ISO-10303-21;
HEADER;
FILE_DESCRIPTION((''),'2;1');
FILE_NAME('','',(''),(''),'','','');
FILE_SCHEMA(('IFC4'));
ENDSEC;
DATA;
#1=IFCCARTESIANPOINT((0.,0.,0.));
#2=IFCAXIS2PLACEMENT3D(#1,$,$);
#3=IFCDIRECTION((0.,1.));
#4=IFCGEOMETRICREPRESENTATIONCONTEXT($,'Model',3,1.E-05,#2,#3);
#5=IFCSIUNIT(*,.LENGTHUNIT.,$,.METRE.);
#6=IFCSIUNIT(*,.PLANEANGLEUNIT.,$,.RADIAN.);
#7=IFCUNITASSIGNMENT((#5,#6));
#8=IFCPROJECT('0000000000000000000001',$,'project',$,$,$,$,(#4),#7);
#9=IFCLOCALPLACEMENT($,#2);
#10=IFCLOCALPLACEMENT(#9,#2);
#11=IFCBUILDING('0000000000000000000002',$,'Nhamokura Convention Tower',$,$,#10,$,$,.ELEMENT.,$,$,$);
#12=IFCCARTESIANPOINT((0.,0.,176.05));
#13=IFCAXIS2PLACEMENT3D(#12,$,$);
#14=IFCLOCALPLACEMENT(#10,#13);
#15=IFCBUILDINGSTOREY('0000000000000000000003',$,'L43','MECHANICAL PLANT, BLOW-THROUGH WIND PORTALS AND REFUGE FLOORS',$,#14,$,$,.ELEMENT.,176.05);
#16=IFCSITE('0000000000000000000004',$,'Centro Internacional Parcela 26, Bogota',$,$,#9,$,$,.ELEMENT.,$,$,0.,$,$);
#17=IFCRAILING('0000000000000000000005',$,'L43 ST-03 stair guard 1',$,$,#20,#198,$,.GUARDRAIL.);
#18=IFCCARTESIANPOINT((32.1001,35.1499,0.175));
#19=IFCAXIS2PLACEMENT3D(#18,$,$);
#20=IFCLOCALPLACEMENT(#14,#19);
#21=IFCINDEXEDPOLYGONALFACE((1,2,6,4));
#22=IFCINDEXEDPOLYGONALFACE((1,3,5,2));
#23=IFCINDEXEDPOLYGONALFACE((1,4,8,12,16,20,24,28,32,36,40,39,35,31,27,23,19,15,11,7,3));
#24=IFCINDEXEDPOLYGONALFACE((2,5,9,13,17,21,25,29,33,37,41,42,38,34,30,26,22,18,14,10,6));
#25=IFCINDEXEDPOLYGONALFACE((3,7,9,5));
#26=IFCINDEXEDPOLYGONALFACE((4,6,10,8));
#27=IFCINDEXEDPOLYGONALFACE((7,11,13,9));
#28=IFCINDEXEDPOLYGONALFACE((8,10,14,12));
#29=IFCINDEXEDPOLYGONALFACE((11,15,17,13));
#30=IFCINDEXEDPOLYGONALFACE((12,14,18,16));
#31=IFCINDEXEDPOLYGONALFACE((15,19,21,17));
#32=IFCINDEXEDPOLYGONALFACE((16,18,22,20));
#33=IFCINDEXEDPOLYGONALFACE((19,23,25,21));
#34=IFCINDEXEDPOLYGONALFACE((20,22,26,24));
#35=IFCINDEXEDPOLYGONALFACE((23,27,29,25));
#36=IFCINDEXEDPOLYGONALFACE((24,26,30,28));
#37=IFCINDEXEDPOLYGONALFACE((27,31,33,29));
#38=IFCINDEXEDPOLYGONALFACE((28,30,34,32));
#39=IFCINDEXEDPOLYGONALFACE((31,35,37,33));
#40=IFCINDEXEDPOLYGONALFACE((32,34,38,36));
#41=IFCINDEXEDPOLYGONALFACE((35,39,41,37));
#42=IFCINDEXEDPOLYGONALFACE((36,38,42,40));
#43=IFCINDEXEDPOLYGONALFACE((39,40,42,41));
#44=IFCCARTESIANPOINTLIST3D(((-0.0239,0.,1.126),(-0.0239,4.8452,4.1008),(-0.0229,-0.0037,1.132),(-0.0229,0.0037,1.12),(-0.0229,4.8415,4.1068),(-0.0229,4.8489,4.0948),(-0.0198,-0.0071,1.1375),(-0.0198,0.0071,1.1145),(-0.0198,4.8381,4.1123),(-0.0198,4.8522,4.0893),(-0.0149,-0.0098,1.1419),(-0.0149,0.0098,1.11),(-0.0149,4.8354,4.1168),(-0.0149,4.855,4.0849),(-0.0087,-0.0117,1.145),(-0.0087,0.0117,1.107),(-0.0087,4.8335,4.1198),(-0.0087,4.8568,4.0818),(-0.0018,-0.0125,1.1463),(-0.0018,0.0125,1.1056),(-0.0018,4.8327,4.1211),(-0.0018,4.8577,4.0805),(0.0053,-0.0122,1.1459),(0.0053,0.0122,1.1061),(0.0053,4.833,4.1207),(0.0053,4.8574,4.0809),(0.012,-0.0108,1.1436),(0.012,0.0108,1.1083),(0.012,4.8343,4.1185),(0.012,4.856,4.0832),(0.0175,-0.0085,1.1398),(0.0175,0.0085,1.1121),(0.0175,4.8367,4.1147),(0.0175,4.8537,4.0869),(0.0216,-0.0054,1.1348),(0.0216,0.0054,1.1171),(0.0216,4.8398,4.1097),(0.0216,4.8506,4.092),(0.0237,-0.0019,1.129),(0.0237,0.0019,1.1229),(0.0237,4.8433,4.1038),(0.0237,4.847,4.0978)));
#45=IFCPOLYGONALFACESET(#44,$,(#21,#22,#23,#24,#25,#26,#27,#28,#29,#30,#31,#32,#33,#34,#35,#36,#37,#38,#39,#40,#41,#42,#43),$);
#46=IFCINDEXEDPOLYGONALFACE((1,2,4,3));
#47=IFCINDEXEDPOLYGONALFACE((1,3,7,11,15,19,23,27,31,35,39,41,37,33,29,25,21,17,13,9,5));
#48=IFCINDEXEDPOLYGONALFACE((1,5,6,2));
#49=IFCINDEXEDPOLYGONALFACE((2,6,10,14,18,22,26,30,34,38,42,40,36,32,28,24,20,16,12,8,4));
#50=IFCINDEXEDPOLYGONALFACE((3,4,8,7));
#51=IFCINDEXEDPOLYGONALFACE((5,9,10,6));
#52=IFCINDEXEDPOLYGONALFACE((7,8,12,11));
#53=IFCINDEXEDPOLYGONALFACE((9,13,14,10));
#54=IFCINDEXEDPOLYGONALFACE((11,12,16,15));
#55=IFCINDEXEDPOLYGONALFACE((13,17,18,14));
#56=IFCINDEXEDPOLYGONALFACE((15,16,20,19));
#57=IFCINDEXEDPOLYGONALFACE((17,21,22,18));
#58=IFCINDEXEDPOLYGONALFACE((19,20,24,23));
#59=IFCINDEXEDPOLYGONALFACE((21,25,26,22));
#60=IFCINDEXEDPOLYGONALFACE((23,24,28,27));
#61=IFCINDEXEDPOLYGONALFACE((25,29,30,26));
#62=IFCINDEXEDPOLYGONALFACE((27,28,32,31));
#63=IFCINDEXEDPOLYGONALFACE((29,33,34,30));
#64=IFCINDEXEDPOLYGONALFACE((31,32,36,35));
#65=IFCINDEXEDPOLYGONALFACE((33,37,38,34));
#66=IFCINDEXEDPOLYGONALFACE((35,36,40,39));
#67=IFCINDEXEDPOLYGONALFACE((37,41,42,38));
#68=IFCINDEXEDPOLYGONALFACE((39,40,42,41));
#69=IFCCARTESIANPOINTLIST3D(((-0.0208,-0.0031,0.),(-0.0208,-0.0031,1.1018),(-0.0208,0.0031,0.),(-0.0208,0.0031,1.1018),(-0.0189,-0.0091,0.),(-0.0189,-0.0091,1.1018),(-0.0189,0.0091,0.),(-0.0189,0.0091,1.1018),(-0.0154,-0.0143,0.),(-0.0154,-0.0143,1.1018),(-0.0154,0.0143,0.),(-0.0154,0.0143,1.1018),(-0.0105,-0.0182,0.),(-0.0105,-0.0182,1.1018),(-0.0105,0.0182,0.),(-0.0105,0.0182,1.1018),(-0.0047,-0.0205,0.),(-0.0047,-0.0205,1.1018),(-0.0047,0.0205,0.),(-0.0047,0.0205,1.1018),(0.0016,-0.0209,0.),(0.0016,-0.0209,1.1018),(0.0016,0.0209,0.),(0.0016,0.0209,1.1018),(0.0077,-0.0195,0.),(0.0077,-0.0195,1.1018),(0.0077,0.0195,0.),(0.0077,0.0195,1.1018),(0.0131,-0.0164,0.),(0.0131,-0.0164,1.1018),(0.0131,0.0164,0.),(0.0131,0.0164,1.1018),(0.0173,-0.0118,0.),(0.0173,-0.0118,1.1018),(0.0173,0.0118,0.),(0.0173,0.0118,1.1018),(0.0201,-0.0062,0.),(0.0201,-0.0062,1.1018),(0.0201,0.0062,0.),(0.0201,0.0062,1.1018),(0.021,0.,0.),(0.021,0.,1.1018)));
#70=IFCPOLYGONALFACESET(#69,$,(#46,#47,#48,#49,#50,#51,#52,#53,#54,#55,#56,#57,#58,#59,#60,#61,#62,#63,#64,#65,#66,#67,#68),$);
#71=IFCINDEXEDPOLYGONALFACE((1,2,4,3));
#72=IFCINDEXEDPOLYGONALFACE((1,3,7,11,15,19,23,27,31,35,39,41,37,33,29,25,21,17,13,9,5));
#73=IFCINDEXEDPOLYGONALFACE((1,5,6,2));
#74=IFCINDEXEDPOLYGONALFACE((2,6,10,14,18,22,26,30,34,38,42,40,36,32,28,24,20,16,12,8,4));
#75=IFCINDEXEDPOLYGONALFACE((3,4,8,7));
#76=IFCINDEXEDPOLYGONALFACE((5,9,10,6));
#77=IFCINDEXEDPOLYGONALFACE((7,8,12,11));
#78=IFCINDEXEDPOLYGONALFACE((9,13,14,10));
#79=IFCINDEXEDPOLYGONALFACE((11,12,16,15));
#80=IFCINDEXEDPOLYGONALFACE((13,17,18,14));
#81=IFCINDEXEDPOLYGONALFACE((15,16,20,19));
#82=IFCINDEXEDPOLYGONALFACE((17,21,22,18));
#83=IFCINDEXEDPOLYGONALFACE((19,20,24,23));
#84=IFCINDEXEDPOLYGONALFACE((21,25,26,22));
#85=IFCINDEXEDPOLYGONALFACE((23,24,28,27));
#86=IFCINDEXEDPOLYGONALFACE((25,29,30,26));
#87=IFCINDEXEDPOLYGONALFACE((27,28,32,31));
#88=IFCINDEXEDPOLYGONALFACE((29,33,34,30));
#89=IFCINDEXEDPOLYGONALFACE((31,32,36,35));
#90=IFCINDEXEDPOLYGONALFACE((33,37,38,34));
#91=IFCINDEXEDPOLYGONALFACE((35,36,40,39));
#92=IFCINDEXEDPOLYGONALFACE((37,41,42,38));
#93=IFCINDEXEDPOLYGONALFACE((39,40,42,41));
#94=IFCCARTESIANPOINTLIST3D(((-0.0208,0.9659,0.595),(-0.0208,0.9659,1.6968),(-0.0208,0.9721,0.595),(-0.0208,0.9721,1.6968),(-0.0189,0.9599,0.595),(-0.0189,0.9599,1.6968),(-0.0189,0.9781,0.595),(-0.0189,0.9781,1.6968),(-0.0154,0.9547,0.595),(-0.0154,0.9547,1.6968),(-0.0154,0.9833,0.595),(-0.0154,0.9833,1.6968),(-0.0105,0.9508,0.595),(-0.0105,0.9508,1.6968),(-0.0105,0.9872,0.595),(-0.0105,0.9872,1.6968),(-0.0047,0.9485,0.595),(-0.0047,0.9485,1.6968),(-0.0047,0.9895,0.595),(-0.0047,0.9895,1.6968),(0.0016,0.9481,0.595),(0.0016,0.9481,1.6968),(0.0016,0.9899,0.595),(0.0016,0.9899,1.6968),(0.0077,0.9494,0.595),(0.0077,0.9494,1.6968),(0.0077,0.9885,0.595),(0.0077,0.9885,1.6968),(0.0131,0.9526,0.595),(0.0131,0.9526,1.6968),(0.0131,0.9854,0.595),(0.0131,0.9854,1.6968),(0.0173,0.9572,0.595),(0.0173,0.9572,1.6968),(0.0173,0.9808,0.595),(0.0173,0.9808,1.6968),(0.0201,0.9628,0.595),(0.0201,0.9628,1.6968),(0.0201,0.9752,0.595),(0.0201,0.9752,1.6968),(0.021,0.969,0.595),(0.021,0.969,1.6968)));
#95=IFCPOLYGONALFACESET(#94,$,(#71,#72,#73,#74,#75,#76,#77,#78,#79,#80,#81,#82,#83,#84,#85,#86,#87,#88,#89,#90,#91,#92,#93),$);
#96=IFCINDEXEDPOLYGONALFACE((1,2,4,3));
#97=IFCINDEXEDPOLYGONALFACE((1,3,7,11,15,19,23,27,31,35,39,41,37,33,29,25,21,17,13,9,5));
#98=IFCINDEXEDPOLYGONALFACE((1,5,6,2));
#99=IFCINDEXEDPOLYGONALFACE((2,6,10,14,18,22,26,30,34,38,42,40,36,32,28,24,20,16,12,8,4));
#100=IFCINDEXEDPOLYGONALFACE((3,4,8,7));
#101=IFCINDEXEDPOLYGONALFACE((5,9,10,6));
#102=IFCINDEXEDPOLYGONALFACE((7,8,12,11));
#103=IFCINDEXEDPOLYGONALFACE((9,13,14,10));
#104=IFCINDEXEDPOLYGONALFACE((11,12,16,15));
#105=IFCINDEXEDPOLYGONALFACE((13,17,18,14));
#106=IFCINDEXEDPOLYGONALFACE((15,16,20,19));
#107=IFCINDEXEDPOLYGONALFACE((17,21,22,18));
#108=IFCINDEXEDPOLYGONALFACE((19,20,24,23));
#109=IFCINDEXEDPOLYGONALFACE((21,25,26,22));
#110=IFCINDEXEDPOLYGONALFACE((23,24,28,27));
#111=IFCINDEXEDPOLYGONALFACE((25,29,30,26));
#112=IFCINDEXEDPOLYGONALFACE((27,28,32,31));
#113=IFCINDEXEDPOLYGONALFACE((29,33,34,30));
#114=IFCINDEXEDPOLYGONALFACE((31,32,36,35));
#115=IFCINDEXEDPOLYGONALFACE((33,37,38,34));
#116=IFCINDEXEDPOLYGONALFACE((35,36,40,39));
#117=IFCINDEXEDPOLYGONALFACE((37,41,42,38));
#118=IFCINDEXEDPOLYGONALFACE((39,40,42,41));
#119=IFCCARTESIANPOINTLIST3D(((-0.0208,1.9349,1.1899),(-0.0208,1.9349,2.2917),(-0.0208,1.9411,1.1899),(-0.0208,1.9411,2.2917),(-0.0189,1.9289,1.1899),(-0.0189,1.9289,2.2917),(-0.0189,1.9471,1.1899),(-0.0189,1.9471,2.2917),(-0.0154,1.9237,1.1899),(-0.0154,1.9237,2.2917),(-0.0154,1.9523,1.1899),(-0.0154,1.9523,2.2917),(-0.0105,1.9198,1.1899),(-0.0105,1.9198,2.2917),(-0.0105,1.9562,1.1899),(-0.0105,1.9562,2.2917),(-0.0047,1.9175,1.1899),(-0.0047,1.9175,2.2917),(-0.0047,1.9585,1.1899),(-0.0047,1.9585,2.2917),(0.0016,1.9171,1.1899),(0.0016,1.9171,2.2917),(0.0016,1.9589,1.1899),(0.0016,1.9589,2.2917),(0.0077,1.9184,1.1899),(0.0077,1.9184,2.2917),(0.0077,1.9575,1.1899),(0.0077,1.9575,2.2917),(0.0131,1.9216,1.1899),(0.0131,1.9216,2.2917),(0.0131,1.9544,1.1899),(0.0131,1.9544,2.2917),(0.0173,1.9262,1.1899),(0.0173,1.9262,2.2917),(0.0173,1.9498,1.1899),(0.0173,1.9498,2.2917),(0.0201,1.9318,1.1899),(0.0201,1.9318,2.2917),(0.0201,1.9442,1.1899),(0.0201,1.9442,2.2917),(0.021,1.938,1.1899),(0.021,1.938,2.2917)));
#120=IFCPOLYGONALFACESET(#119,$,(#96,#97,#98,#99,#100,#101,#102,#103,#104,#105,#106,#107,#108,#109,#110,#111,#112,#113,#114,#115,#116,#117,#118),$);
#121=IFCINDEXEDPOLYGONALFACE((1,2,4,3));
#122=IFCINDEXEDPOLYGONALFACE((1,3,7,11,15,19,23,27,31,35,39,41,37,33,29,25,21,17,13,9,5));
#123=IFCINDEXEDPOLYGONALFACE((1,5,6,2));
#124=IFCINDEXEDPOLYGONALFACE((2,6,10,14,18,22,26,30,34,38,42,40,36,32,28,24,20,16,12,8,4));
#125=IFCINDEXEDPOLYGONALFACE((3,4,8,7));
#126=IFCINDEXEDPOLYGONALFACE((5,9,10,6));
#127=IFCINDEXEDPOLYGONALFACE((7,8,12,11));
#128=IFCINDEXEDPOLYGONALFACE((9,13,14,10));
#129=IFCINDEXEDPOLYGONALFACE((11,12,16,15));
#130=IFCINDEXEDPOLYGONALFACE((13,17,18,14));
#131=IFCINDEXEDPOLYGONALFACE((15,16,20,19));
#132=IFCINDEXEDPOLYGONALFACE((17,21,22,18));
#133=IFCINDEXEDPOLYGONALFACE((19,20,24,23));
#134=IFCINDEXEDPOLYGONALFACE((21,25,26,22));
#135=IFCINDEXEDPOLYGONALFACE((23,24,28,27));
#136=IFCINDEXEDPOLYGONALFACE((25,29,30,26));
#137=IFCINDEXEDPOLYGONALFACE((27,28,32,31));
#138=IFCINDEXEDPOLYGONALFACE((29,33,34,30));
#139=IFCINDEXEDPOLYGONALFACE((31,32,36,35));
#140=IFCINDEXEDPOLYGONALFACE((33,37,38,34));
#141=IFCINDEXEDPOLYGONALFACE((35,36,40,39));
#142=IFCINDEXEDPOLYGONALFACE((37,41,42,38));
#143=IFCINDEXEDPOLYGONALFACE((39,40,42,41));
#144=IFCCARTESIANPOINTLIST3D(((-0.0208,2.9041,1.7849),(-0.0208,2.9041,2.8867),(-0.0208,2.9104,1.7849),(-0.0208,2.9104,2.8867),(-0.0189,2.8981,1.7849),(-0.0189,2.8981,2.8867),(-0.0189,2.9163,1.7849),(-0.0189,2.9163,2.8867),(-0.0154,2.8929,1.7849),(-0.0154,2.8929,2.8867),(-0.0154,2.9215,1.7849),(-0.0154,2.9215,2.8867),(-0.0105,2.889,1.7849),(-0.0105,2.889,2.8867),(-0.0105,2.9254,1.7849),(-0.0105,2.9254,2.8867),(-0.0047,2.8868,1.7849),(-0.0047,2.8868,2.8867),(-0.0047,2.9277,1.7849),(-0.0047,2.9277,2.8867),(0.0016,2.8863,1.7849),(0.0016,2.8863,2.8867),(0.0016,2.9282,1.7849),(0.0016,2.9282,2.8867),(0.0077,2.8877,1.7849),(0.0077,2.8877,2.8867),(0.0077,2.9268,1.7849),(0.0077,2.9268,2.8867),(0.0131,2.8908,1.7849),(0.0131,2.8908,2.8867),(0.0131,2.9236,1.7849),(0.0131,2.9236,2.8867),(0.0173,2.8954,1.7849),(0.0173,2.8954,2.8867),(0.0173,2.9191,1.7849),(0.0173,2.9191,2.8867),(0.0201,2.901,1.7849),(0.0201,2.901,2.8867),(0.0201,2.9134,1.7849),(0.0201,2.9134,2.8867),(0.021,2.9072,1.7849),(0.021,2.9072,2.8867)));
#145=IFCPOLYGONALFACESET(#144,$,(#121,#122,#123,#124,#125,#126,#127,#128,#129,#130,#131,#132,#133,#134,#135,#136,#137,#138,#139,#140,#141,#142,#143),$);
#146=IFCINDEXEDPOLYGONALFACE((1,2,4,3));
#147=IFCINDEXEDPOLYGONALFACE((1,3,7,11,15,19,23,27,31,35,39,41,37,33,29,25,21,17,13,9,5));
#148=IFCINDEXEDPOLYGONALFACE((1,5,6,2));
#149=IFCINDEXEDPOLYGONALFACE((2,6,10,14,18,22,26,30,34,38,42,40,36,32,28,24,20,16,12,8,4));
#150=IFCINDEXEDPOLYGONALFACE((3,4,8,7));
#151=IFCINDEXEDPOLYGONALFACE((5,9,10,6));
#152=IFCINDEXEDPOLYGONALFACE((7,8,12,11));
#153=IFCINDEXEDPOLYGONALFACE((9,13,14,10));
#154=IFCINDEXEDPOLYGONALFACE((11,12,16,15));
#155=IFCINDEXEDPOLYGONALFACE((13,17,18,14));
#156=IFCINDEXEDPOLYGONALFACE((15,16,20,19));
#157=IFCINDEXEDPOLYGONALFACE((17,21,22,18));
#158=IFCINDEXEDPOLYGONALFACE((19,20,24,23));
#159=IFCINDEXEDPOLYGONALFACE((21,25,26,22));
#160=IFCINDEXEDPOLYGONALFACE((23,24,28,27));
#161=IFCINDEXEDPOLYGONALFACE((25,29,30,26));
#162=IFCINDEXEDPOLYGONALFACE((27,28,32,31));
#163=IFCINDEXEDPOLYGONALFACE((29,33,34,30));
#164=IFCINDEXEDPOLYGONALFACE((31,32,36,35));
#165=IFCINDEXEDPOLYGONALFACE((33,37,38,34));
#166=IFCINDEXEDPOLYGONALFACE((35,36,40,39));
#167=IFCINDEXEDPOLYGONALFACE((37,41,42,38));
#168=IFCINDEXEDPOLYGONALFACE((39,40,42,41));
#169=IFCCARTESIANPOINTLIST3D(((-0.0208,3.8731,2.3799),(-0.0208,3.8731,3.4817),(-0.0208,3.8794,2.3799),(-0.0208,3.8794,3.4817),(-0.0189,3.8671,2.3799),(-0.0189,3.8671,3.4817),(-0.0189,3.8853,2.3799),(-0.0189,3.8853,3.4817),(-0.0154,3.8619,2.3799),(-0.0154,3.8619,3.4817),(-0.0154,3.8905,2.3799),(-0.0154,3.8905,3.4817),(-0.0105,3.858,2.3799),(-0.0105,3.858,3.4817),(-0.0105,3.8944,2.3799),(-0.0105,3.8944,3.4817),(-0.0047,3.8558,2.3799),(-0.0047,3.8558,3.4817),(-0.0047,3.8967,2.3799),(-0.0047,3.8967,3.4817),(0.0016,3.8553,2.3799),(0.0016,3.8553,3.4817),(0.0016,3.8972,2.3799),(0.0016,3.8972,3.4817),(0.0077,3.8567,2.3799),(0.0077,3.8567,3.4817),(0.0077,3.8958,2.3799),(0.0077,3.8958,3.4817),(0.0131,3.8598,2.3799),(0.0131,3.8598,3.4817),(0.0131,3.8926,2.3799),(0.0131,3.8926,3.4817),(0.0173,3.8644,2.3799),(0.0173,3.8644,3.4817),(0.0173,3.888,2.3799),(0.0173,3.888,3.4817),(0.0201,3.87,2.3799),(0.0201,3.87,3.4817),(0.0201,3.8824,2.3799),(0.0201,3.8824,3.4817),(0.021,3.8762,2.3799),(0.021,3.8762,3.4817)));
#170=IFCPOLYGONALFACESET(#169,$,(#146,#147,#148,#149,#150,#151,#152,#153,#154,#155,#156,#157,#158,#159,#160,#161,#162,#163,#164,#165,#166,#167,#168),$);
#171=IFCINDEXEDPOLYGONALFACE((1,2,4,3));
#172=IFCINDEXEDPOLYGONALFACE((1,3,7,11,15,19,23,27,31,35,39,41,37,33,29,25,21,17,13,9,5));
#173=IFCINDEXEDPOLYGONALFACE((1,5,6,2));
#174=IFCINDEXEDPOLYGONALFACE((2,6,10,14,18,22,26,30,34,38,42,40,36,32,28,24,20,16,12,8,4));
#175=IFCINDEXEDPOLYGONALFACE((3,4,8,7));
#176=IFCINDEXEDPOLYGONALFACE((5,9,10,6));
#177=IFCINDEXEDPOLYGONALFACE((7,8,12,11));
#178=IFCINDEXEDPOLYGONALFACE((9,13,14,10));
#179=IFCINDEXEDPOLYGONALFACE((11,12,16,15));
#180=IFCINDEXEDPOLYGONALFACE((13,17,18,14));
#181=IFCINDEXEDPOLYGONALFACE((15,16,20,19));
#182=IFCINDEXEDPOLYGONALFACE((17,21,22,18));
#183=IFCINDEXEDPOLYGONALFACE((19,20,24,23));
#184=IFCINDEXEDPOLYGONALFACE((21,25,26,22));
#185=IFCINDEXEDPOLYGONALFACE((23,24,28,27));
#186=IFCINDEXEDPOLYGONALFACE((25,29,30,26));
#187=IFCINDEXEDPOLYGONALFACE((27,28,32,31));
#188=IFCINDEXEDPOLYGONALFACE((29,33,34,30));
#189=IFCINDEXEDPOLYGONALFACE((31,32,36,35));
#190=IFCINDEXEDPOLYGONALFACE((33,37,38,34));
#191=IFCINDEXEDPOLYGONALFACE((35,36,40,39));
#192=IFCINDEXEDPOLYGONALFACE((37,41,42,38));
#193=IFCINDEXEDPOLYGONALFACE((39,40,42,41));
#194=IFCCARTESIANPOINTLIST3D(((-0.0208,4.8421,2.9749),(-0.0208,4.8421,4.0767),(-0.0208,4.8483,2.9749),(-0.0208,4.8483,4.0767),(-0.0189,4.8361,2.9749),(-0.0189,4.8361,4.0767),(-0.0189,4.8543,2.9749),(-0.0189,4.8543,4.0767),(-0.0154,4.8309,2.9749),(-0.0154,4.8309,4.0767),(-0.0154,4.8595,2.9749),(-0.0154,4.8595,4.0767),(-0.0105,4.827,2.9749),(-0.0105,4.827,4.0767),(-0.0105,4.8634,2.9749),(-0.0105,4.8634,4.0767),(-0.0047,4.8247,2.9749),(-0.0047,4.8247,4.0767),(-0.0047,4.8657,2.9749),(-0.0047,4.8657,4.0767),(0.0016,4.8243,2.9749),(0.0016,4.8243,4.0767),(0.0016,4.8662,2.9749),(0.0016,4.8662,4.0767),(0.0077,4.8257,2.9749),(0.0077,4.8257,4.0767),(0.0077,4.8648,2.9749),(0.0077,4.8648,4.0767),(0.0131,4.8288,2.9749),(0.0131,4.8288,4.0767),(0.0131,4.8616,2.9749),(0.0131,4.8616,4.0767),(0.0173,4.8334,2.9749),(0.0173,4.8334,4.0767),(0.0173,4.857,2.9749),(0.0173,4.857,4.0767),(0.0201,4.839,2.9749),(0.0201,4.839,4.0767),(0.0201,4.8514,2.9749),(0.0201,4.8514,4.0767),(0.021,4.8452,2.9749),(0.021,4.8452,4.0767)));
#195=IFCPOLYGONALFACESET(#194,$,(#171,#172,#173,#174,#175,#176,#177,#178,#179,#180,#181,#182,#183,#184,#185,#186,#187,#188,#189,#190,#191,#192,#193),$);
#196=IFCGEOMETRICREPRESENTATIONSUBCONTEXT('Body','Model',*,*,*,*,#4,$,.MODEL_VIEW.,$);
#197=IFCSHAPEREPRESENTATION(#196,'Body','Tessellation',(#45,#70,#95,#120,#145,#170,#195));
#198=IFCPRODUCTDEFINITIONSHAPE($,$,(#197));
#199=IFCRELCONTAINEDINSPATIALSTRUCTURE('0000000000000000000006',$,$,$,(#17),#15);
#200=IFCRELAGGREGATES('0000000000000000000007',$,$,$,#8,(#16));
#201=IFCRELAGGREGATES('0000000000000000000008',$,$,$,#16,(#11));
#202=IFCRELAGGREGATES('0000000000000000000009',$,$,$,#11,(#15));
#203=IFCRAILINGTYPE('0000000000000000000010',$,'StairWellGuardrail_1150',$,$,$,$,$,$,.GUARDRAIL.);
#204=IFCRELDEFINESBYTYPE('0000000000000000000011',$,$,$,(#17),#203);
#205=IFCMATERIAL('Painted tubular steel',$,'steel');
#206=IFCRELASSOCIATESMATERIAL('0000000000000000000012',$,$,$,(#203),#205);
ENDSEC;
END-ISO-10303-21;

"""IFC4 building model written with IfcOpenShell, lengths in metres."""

from ifc_helpers import new_model, si_unit, direction, frame, origin, origin_2d, place, context, subcontext, project, spatial, circle, extrude, material, type_object, element, save


model = new_model("IFC4")

# Units and contexts
model_context = context("Model", 3, precision=1e-05, world=origin(), true_north=direction((0.0, 1.0)))
body_context = subcontext(model_context, "Body", "Model", "MODEL_VIEW")
ifc_project = project(units=[si_unit("LENGTHUNIT", "METRE"), si_unit("PLANEANGLEUNIT", "RADIAN")], contexts=[model_context])

# Site, building, storey
site_placement = place(None, origin())
site = spatial("IfcSite", under=ifc_project, at=site_placement, Name="Centro Internacional Parcela 26, Bogota", CompositionType="ELEMENT", RefElevation=0.0)
building_placement = place(site_placement, origin())
building = spatial("IfcBuilding", under=site, at=building_placement, Name="Nhamokura Convention Tower", CompositionType="ELEMENT")
storey_placement = place(building_placement, frame((0.0, 0.0, 176.05)))
storey = spatial("IfcBuildingStorey", under=building, at=storey_placement, Name="L43", Description="MECHANICAL PLANT, BLOW-THROUGH WIND PORTALS AND REFUGE FLOORS", CompositionType="ELEMENT", Elevation=176.05)

# Railing
ifc_material_1 = material(Name="Painted tubular steel", Category="steel")
railing_type_1 = type_object("IfcRailingType", Name="StairWellGuardrail_1150", PredefinedType="GUARDRAIL", material=ifc_material_1)
railing_1_placement = place(storey_placement, frame((32.1001, 35.1499, 0.175)))
element("IfcRailing", 1, at=railing_1_placement, inside=storey, type_object=railing_type_1, Name="L43 ST-03 stair guard 1", PredefinedType="GUARDRAIL", context=body_context, shape_type="SweptSolid", body=[
    extrude(circle(Radius=0.0239, at=origin_2d()), frame((0.0, 0.0, 1.126), z_axis=(0.0, 0.852193, 0.523227), x_axis=(-1.0, 0.0, 0.0)), (0.0, 0.0, 1.0), 5.6855),
    extrude(circle(Radius=0.021, at=origin_2d()), origin(), (0.0, 0.0, 1.0), 1.1018),
    extrude(circle(Radius=0.021, at=origin_2d()), frame((0.0, 0.969, 0.595)), (0.0, 0.0, 1.0), 1.1018),
    extrude(circle(Radius=0.021, at=origin_2d()), frame((0.0, 1.938, 1.1899)), (0.0, 0.0, 1.0), 1.1018),
    extrude(circle(Radius=0.021, at=origin_2d()), frame((0.0, 2.9072, 1.7849)), (0.0, 0.0, 1.0), 1.1018),
    extrude(circle(Radius=0.021, at=origin_2d()), frame((0.0, 3.8762, 2.3799)), (0.0, 0.0, 1.0), 1.1018),
    extrude(circle(Radius=0.021, at=origin_2d()), frame((0.0, 4.8452, 2.9749)), (0.0, 0.0, 1.0), 1.1018),
])

save(model, "model.ifc")
